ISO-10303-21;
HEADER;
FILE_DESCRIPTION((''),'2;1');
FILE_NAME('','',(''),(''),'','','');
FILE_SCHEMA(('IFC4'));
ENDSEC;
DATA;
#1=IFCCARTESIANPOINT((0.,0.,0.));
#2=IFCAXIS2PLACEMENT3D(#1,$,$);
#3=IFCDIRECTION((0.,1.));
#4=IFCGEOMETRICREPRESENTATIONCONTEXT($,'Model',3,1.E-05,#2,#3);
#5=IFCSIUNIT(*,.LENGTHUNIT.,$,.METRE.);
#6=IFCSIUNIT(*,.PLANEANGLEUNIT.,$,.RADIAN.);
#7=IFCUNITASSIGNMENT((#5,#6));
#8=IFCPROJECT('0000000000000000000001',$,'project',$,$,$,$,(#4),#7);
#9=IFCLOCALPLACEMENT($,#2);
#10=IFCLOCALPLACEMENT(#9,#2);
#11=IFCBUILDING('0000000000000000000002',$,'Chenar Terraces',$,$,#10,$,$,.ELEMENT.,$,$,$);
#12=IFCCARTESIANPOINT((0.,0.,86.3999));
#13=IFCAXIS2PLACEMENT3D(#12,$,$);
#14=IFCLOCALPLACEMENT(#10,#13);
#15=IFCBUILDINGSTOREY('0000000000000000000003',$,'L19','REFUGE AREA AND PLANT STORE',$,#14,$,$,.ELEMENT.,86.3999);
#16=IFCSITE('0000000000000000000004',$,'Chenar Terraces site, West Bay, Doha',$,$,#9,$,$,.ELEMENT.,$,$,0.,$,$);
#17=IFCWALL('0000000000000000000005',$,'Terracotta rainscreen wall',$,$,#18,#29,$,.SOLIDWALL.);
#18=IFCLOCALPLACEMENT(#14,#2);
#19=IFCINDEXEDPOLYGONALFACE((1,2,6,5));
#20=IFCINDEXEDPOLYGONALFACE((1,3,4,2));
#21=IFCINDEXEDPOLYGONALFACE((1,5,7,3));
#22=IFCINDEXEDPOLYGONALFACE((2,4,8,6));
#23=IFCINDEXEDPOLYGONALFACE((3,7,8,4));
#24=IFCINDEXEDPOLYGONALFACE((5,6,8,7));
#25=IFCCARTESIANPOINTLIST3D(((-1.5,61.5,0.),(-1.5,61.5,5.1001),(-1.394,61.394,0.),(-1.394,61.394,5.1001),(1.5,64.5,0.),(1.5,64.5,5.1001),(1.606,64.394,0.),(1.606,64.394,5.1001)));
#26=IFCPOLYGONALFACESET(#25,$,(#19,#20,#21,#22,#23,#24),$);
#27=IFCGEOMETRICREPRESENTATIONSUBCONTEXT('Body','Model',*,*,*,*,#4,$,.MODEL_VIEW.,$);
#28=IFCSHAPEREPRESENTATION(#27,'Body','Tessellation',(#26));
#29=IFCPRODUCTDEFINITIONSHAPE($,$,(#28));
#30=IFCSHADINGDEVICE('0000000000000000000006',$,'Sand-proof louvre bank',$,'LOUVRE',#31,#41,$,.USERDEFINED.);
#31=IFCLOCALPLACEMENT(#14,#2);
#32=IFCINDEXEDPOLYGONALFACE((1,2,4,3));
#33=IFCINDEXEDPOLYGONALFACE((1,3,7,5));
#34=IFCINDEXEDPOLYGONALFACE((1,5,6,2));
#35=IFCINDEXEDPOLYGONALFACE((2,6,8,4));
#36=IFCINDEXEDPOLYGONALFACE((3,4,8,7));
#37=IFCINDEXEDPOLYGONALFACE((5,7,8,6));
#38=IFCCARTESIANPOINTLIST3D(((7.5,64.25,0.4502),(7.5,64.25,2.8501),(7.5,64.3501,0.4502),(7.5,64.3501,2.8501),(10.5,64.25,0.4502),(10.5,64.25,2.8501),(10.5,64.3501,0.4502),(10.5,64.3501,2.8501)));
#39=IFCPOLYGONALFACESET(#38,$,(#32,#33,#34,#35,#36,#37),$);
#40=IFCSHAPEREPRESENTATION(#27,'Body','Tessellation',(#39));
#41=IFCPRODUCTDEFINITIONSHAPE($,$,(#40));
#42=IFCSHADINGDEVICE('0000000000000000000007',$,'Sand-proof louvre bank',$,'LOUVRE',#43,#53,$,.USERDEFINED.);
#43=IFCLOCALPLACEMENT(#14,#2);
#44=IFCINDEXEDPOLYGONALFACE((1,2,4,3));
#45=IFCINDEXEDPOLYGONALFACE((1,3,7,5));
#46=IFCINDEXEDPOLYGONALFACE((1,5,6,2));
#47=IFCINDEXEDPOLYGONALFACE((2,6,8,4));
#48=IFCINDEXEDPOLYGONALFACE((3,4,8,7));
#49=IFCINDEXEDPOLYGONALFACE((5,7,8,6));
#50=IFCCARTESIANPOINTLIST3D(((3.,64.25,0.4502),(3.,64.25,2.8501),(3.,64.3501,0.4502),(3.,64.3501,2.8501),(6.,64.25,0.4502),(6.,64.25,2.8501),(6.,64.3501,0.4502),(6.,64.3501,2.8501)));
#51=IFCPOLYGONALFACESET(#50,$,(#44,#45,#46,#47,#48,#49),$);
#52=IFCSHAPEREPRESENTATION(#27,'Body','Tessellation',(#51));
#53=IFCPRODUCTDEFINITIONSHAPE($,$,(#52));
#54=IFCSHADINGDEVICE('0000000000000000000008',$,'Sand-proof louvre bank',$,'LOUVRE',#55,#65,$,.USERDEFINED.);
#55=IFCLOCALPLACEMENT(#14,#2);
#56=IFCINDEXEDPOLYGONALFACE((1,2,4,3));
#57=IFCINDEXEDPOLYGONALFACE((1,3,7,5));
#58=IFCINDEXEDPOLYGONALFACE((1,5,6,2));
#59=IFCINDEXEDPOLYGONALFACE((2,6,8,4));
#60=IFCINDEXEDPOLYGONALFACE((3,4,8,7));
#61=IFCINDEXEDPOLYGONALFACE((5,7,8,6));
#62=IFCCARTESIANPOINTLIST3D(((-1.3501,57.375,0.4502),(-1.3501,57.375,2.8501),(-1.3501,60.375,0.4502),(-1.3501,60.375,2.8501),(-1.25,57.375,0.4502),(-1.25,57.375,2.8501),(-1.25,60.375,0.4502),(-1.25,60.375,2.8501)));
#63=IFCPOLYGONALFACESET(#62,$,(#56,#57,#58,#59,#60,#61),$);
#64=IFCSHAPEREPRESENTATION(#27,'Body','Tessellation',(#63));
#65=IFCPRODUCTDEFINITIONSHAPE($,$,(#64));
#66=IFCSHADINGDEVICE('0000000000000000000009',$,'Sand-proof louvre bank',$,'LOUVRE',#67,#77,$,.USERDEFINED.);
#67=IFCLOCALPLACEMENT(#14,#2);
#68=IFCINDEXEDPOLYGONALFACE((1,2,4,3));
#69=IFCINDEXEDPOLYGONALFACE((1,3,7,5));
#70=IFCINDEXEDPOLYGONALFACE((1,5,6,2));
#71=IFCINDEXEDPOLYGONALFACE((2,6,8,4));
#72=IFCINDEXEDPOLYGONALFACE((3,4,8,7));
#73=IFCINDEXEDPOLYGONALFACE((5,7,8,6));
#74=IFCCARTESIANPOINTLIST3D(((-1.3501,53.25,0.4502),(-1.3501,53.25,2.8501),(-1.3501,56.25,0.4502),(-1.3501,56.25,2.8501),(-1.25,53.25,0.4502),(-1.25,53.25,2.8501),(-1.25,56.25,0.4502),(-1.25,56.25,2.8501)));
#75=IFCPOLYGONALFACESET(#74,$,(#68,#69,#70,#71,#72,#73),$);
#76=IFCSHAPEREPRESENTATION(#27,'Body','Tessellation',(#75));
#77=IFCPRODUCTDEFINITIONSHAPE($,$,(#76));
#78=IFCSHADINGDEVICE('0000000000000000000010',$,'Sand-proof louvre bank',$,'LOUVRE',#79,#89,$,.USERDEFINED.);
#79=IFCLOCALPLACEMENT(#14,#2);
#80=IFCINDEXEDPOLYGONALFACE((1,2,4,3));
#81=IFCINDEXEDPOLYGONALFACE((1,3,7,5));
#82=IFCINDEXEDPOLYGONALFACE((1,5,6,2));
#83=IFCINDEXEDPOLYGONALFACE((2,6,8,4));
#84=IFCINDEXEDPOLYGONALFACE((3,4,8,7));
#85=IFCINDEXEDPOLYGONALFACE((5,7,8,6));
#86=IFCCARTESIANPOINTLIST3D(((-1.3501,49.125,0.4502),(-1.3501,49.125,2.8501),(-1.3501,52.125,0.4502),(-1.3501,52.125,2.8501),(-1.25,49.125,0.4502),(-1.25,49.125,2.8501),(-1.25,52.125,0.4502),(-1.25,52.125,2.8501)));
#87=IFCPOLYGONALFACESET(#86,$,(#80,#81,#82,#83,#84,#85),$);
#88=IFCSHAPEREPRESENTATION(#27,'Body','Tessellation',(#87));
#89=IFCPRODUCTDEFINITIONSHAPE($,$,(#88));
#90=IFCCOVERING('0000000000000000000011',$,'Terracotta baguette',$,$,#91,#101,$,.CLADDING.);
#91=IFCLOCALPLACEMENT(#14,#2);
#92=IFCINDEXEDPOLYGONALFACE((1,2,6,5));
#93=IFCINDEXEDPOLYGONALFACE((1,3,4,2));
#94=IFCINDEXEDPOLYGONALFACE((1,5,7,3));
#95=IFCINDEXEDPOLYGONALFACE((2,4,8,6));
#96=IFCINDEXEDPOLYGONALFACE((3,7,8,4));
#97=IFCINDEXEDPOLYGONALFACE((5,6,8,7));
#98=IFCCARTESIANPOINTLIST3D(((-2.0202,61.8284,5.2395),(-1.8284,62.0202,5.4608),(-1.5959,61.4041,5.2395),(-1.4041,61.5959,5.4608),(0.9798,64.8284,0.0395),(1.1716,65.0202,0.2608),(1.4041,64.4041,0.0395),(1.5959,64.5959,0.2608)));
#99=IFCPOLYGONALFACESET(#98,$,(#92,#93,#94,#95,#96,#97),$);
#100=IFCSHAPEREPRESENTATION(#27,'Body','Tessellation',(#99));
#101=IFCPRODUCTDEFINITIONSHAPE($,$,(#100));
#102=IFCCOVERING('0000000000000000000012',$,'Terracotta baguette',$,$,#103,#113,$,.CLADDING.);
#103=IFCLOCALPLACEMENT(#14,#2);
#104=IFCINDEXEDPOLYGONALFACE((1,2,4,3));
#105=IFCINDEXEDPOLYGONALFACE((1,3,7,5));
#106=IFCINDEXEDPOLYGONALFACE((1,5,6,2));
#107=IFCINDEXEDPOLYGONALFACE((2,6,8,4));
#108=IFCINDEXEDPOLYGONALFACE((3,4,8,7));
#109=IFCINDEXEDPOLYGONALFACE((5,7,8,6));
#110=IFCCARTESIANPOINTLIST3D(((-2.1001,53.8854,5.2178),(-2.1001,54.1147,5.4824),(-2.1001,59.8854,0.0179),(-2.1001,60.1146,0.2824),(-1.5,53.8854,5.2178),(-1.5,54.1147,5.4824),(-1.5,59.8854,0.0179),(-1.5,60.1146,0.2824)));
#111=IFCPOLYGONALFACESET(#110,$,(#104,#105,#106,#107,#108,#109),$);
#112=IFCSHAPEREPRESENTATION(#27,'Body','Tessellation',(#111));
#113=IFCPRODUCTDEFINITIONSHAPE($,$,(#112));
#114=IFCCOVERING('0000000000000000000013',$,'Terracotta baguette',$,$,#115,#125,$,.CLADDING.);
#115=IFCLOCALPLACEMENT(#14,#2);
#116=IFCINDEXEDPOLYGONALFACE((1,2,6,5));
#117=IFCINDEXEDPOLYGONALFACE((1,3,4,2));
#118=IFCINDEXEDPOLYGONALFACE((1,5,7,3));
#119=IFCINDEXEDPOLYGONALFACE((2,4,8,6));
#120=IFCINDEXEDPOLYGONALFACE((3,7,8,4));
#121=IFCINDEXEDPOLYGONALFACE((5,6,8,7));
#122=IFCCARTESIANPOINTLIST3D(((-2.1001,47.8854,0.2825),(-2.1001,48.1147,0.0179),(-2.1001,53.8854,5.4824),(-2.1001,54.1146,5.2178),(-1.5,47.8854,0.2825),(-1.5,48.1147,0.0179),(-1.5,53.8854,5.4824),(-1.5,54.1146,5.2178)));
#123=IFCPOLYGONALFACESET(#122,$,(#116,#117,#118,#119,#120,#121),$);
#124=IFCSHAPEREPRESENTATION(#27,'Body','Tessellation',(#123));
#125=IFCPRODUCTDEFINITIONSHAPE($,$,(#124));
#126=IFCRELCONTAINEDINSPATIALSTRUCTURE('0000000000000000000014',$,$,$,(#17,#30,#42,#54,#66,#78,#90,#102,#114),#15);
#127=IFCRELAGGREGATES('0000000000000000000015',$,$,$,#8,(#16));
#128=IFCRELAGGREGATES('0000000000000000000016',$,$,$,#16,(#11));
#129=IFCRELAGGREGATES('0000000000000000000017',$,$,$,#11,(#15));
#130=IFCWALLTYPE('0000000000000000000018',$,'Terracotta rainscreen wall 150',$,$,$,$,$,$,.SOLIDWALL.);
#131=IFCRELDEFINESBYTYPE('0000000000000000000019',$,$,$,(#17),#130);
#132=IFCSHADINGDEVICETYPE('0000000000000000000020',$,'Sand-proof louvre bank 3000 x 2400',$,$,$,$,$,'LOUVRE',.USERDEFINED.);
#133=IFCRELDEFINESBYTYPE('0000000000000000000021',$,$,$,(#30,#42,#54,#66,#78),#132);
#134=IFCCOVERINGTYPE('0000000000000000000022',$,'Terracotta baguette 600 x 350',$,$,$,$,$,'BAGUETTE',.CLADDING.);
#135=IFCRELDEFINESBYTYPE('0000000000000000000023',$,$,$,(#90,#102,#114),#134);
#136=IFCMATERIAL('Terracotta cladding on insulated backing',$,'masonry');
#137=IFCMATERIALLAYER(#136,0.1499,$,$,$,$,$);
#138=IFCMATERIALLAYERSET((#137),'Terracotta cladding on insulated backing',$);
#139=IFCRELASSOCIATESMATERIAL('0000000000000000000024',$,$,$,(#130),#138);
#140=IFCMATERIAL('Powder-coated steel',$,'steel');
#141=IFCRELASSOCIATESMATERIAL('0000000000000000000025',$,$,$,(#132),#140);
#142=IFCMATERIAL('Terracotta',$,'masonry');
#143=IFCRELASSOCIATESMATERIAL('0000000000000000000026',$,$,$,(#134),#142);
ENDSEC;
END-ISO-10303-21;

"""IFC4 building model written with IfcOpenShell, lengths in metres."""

from ifc_helpers import new_model, si_unit, direction, frame, frame_2d, origin, origin_2d, place, context, subcontext, project, spatial, rectangle, extrude, material, layer, layer_set, material_profile, profile_set, type_object, element, save


model = new_model("IFC4")

# Units and contexts
model_context = context("Model", 3, precision=1e-05, world=origin(), true_north=direction((0.0, 1.0)))
body_context = subcontext(model_context, "Body", "Model", "MODEL_VIEW")
ifc_project = project(units=[si_unit("LENGTHUNIT", "METRE"), si_unit("PLANEANGLEUNIT", "RADIAN")], contexts=[model_context])

# Site, building, storey
site_placement = place(None, origin())
site = spatial("IfcSite", under=ifc_project, at=site_placement, Name="Chenar Terraces site, West Bay, Doha", CompositionType="ELEMENT", RefElevation=0.0)
building_placement = place(site_placement, origin())
building = spatial("IfcBuilding", under=site, at=building_placement, Name="Chenar Terraces", CompositionType="ELEMENT")
storey_placement = place(building_placement, frame((0.0, 0.0, 86.3999)))
storey = spatial("IfcBuildingStorey", under=building, at=storey_placement, Name="L19", Description="REFUGE AREA AND PLANT STORE", CompositionType="ELEMENT", Elevation=86.3999)

# Wall
ifc_material_1 = material(Name="Terracotta cladding on insulated backing", Category="masonry")
ifc_layer_1 = layer(ifc_material_1, 0.1499)
ifc_layer_set_1 = layer_set([ifc_layer_1], Name="Terracotta cladding on insulated backing")
wall_type_1 = type_object("IfcWallType", Name="Terracotta rainscreen wall 150", PredefinedType="SOLIDWALL", material=ifc_layer_set_1)
wall_1_placement = place(storey_placement, frame((1.553, 64.447, 0.0), z_axis=(0.0, 0.0, 1.0), x_axis=(-0.707107, -0.707107, 0.0)))
element("IfcWall", 1, at=wall_1_placement, inside=storey, type_object=wall_type_1, Name="Terracotta rainscreen wall", PredefinedType="SOLIDWALL", context=body_context, shape_type="SweptSolid", body=[
    extrude(rectangle(XDim=4.2427, YDim=0.1499, at=frame_2d((2.1213, 0.0))), origin(), (0.0, 0.0, 1.0), 5.1001),
])

# Shading devices
ifc_material_2 = material(Name="Powder-coated steel", Category="steel")
shading_device_type = type_object("IfcShadingDeviceType", Name="Sand-proof louvre bank 3000 x 2400", ElementType="LOUVRE", PredefinedType="USERDEFINED", material=ifc_material_2)
for number, where, z_axis, x_axis, name in (
    (2, (9.0, 64.3, 0.4502), (0.0, 0.0, 1.0), (-1.0, 0.0, 0.0), "Sand-proof louvre bank"),
    (3, (4.5, 64.3, 0.4502), (0.0, 0.0, 1.0), (-1.0, 0.0, 0.0), "Sand-proof louvre bank"),
    (4, (-1.3, 58.875, 0.4502), (0.0, 0.0, 1.0), (0.0, -1.0, 0.0), "Sand-proof louvre bank"),
    (5, (-1.3, 54.75, 0.4502), (0.0, 0.0, 1.0), (0.0, -1.0, 0.0), "Sand-proof louvre bank"),
    (6, (-1.3, 50.625, 0.4502), (0.0, 0.0, 1.0), (0.0, -1.0, 0.0), "Sand-proof louvre bank"),
):
    element("IfcShadingDevice", number, at=place(storey_placement, frame(where, z_axis=z_axis, x_axis=x_axis)), inside=storey, type_object=shading_device_type, Name=name, ObjectType="LOUVRE", PredefinedType="USERDEFINED", context=body_context, shape_type="SweptSolid", body=[
        extrude(rectangle(XDim=3.0, YDim=0.1001, at=origin_2d()), origin(), (0.0, 0.0, 1.0), 2.3999),
    ])

# Coverings
ifc_material_3 = material(Name="Terracotta", Category="masonry")
ifc_material_profile_1 = material_profile(ifc_material_3, rectangle(XDim=0.6001, YDim=0.3501, at=origin_2d()), Name="Terracotta baguette 600 x 350")
ifc_profile_set_1 = profile_set([ifc_material_profile_1], Name="Terracotta")
covering_type = type_object("IfcCoveringType", Name="Terracotta baguette 600 x 350", ElementType="BAGUETTE", PredefinedType="CLADDING", material=ifc_profile_set_1)
covering_placement = place(storey_placement, frame((1.2878, 64.7122, 0.1501), z_axis=(-0.447017, -0.447017, 0.774823), x_axis=(0.707107, -0.707107, 0.0)))
element("IfcCovering", 7, at=covering_placement, inside=storey, type_object=covering_type, Name="Terracotta baguette", PredefinedType="CLADDING", context=body_context, shape_type="SweptSolid", body=[
    extrude(rectangle(XDim=0.6001, YDim=0.3501, at=origin_2d()), origin(), (0.0, 0.0, 1.0), 6.7112),
])
for number, where, z_axis, x_axis, name in (
    (8, (-1.8, 60.0, 0.1501), (0.0, -0.755692, 0.654927), (1.0, 0.0, 0.0), "Terracotta baguette"),
    (9, (-1.8, 54.0, 5.3501), (0.0, -0.755692, -0.654927), (1.0, 0.0, 0.0), "Terracotta baguette"),
):
    element("IfcCovering", number, at=place(storey_placement, frame(where, z_axis=z_axis, x_axis=x_axis)), inside=storey, type_object=covering_type, Name=name, PredefinedType="CLADDING", context=body_context, shape_type="SweptSolid", body=[
        extrude(rectangle(XDim=0.6001, YDim=0.3501, at=origin_2d()), origin(), (0.0, 0.0, 1.0), 7.9397),
    ])

save(model, "model.ifc")
